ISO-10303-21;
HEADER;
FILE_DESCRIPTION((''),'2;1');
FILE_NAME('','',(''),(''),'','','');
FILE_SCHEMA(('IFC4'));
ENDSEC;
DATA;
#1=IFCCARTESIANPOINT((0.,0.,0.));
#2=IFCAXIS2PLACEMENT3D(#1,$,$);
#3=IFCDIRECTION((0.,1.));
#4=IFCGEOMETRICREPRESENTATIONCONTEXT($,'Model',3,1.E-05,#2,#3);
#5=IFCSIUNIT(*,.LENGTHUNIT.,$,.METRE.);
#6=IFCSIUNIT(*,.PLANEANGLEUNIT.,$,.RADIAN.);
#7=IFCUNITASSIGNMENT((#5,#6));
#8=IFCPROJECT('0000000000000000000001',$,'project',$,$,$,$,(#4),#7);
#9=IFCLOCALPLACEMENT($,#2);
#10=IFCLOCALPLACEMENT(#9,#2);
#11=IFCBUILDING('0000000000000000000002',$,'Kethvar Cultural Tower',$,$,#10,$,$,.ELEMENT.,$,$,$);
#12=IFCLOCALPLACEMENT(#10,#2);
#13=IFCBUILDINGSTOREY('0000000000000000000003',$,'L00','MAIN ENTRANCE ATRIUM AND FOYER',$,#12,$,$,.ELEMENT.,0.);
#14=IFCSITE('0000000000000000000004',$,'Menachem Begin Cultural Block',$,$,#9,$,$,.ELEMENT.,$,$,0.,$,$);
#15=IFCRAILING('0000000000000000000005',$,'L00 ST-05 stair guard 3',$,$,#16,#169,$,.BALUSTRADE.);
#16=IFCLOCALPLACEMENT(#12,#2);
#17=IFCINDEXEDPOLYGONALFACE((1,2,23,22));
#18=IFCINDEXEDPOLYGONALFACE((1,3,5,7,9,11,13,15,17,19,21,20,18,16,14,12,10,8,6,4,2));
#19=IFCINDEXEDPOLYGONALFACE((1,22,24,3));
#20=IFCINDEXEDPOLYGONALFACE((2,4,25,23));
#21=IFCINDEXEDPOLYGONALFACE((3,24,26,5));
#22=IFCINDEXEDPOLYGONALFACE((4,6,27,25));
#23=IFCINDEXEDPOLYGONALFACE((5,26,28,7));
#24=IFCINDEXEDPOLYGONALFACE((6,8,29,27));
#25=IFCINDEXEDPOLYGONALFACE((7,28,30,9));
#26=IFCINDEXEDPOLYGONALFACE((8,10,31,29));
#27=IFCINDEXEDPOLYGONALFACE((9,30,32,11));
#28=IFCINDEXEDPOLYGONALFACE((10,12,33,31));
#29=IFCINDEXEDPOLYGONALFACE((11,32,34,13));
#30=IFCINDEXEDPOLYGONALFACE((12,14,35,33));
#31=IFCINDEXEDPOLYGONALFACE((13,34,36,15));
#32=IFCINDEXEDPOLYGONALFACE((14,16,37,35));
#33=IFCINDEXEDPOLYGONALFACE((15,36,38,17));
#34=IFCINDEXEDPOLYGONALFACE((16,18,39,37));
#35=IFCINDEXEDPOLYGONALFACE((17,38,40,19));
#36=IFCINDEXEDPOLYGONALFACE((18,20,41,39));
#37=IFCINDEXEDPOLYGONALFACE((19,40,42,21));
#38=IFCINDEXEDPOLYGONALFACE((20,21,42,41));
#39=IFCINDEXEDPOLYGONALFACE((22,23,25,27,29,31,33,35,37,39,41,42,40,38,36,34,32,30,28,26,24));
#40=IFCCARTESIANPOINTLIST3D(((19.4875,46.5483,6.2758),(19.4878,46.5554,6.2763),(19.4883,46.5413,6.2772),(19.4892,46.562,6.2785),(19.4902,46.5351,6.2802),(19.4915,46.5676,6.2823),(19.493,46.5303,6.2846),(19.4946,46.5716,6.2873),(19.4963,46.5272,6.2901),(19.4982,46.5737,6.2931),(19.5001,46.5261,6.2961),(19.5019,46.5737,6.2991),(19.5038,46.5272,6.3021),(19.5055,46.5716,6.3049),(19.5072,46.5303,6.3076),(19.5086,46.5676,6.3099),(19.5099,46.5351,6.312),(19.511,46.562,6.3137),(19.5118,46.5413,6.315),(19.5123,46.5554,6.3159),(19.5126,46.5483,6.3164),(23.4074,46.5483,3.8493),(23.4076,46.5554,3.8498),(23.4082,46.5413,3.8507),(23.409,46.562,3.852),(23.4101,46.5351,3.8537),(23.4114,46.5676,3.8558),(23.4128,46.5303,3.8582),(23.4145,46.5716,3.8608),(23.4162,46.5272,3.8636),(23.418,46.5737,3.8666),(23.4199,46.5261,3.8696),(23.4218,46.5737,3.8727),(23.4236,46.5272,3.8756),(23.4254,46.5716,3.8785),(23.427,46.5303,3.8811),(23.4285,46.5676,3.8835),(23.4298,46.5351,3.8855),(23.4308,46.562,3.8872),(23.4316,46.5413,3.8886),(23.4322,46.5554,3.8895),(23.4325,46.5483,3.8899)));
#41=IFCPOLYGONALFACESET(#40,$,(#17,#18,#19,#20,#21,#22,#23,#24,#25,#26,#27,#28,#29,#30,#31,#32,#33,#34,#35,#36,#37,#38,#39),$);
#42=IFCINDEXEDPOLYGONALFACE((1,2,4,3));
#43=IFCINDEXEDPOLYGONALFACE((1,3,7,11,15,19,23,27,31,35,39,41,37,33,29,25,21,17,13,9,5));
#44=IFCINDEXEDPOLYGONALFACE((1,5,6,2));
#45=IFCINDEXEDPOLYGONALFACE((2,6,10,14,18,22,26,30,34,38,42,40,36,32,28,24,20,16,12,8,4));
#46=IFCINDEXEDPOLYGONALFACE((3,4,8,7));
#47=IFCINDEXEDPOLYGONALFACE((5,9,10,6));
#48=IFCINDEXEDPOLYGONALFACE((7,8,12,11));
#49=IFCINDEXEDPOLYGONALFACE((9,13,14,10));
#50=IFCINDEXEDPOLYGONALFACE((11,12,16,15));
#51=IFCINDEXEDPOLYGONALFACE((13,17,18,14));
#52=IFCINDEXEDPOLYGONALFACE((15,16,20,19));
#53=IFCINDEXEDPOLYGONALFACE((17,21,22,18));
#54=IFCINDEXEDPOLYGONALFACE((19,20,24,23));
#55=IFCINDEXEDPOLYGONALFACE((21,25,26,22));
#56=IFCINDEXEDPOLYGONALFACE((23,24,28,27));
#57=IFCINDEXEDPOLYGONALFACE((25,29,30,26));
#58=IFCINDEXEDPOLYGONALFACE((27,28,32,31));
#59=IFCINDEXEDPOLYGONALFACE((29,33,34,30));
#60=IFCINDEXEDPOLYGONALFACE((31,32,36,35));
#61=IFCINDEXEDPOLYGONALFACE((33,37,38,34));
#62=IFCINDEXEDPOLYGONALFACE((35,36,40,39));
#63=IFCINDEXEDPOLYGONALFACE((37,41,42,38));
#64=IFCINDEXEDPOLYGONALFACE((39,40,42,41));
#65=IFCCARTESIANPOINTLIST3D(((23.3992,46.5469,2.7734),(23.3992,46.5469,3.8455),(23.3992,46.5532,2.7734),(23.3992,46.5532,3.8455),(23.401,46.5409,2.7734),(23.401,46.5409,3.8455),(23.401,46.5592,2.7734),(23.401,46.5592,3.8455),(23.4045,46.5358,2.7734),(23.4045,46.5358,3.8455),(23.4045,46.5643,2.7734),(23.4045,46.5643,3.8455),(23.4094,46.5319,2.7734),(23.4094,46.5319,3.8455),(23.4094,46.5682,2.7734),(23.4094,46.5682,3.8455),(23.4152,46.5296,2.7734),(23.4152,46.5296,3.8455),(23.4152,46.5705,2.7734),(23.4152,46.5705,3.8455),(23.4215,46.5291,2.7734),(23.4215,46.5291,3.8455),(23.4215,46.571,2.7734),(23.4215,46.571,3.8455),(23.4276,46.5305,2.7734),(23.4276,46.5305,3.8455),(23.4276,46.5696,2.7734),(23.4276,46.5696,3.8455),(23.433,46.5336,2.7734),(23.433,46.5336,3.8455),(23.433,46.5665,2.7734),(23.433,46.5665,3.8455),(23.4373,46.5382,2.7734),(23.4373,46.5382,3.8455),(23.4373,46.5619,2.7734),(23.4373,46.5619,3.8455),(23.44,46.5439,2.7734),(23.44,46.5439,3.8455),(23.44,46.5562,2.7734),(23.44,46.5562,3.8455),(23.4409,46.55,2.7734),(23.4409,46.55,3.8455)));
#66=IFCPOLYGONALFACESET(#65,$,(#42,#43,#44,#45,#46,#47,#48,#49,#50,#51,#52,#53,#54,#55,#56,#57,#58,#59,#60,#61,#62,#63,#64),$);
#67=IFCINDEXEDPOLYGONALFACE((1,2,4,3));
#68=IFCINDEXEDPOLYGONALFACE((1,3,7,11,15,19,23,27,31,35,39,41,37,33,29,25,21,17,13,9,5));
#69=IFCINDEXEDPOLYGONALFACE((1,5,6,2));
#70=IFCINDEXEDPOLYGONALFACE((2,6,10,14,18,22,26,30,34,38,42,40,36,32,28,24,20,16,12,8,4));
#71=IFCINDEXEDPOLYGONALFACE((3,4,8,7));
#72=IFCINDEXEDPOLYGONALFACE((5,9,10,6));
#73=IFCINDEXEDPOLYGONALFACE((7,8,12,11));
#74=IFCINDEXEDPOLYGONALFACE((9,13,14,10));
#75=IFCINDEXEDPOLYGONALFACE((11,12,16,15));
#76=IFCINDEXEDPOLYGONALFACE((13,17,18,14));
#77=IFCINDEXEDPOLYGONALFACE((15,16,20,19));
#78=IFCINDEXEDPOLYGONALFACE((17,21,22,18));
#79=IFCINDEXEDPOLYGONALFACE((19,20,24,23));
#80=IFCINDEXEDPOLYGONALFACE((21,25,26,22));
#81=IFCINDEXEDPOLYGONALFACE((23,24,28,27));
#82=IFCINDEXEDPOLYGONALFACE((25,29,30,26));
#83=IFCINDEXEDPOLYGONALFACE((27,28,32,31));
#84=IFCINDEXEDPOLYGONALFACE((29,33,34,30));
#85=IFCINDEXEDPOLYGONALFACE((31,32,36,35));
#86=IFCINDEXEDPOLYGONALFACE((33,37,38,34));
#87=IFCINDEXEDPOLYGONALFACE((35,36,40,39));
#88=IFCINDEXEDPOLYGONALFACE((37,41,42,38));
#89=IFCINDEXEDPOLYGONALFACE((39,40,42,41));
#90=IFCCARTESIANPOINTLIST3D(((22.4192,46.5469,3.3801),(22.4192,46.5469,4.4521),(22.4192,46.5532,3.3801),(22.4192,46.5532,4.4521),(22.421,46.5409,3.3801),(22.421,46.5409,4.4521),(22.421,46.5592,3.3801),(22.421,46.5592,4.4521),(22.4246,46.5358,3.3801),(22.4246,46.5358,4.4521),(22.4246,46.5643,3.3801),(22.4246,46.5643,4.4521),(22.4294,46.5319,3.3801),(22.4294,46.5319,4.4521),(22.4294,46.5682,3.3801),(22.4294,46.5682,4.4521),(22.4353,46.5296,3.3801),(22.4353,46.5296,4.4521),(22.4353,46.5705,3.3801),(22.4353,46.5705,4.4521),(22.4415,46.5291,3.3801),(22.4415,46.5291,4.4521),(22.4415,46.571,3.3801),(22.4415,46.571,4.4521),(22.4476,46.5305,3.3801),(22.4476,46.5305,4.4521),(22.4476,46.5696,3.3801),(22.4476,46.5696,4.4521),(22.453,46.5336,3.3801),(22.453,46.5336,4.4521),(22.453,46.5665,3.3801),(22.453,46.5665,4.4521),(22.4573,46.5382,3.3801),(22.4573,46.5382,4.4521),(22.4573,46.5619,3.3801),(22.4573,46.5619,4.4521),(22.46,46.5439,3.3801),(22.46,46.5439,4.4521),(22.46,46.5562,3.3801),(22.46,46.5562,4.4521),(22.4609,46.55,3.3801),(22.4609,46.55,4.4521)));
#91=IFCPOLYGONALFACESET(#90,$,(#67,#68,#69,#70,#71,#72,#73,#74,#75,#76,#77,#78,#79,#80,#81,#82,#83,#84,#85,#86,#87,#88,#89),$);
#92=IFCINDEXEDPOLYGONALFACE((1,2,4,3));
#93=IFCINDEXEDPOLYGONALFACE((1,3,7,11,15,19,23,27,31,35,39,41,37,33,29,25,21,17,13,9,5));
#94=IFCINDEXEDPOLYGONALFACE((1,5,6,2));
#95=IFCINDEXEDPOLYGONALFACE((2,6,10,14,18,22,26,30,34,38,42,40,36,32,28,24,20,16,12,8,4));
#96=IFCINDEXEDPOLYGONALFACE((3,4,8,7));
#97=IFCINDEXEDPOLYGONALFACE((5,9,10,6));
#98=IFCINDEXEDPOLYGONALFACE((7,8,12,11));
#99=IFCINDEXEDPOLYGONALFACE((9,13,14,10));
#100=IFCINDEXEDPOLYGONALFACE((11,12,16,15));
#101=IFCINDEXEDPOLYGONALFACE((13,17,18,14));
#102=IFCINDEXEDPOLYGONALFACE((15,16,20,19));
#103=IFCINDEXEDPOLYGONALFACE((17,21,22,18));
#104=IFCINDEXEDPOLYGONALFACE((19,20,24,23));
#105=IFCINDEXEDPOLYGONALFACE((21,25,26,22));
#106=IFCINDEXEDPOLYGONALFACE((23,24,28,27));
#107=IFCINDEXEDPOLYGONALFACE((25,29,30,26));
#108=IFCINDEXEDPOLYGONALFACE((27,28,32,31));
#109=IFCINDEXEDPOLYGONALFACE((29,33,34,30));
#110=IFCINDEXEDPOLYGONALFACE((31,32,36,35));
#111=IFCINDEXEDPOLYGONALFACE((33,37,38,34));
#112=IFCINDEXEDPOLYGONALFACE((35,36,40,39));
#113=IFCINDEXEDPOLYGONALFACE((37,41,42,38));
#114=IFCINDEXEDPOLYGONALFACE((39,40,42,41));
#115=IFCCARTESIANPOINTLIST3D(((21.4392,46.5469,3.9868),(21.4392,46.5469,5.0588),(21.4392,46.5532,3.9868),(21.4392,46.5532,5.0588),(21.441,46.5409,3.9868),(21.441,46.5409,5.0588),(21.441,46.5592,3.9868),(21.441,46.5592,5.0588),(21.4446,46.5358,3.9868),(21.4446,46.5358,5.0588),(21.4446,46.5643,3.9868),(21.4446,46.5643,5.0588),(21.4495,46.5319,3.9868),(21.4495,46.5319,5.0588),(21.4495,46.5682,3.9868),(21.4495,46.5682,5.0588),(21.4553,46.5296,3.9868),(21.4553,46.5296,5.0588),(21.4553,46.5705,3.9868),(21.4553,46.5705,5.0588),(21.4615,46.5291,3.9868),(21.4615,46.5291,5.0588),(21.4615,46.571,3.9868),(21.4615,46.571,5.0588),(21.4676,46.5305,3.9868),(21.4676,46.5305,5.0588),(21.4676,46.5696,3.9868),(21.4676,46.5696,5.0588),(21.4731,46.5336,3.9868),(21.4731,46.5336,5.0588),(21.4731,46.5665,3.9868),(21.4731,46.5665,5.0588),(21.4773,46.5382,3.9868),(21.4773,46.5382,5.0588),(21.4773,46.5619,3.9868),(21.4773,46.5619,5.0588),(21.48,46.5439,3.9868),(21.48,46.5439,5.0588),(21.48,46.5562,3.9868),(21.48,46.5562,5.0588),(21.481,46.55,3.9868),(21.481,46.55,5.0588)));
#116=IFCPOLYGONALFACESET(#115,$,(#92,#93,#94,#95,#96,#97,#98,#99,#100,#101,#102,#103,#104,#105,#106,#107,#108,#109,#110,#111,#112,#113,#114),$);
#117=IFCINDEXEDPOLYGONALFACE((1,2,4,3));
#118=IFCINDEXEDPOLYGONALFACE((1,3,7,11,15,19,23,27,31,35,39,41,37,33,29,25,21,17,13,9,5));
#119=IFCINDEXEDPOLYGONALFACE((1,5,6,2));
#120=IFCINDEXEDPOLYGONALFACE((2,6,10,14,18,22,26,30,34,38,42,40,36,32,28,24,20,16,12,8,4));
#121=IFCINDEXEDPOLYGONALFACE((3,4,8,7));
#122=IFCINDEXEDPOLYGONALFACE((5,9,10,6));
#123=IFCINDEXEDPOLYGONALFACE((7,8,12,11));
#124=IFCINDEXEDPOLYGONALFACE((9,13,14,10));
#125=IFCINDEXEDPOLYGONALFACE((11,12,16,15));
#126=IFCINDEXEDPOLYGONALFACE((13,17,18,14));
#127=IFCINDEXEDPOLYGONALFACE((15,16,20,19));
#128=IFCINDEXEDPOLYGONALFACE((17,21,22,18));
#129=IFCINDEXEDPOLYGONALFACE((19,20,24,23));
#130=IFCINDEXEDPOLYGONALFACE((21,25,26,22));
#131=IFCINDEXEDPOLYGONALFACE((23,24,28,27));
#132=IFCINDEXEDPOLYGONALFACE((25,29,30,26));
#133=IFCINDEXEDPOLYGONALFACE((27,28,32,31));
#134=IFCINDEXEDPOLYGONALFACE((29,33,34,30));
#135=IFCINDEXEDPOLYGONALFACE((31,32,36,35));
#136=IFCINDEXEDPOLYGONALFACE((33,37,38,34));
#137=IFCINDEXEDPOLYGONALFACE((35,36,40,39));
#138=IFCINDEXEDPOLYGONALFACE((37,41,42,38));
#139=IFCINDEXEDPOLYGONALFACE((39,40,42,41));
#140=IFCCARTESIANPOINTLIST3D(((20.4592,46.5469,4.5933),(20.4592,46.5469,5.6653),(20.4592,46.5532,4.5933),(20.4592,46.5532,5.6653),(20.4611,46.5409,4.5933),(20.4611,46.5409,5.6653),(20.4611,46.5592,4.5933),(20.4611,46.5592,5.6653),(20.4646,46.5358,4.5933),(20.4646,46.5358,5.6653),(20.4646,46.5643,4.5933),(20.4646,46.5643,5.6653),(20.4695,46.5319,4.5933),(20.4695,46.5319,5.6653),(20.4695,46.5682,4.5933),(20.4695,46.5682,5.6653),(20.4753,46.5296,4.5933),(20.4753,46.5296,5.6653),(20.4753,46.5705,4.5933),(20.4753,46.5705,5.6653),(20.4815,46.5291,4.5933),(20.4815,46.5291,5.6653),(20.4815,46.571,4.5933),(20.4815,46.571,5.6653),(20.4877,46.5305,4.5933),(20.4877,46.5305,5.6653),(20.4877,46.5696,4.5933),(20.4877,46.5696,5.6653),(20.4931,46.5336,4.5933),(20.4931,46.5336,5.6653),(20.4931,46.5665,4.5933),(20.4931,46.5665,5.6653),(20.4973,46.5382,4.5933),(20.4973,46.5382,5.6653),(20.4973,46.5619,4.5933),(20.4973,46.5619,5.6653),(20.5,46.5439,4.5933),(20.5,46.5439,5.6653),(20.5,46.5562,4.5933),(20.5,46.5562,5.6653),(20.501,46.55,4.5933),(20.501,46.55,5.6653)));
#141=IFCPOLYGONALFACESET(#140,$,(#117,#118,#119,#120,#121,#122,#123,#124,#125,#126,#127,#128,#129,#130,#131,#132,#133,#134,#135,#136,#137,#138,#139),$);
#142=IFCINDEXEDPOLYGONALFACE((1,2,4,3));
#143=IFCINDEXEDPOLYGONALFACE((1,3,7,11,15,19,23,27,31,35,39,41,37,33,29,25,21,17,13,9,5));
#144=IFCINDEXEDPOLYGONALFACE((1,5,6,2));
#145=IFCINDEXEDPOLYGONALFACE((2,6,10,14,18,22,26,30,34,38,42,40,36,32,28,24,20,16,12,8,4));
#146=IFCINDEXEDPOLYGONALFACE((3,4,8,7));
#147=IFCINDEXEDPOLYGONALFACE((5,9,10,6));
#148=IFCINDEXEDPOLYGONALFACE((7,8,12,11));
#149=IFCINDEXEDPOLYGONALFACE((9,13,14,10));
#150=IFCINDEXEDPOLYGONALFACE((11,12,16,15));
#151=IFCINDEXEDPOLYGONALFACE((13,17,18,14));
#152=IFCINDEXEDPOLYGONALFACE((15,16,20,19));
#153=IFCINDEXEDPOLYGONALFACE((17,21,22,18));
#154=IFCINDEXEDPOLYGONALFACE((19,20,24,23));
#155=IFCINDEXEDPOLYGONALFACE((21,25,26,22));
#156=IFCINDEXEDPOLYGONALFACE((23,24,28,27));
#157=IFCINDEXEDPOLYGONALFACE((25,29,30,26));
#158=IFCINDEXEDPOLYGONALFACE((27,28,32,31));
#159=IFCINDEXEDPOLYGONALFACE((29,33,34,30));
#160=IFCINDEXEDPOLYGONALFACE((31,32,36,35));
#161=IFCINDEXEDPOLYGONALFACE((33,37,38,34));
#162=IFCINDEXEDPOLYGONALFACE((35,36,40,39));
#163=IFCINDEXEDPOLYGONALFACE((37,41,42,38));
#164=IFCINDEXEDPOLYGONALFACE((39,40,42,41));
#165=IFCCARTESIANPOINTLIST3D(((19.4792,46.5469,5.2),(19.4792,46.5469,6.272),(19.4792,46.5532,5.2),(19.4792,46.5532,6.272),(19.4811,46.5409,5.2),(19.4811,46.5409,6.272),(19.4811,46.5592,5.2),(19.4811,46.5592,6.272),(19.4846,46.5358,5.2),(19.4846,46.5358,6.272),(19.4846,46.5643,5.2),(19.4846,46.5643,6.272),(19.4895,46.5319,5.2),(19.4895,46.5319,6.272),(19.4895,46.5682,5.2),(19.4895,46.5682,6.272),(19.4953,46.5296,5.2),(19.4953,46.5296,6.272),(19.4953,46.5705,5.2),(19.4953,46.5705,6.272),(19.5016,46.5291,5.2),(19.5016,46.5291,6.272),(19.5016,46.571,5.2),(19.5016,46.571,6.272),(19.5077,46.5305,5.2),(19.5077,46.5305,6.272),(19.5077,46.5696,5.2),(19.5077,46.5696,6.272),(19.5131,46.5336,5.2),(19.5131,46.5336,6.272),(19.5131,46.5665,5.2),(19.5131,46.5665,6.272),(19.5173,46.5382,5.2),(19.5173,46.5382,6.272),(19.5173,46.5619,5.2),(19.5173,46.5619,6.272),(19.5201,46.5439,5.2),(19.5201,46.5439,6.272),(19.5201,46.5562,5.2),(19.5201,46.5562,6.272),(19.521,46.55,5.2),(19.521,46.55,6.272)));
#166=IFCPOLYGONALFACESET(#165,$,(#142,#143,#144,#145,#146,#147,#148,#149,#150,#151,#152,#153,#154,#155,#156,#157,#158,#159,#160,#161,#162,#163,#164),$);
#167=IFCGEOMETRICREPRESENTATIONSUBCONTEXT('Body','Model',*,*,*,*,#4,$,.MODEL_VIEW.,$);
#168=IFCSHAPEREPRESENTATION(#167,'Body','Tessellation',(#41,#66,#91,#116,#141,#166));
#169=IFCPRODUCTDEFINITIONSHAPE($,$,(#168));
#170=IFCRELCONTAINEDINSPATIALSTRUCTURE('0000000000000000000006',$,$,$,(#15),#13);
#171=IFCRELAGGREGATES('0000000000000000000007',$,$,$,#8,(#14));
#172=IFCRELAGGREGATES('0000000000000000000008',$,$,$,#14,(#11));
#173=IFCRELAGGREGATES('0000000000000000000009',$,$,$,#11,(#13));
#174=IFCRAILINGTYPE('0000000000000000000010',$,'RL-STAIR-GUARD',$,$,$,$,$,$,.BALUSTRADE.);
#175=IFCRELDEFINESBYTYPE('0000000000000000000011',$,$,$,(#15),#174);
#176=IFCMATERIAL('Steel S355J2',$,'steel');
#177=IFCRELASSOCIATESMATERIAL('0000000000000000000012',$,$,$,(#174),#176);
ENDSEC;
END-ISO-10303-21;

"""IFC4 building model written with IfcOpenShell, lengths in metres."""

from ifc_helpers import new_model, si_unit, direction, frame, origin, origin_2d, place, context, subcontext, project, spatial, circle, extrude, material, type_object, element, save


model = new_model("IFC4")

# Units and contexts
model_context = context("Model", 3, precision=1e-05, world=origin(), true_north=direction((0.0, 1.0)))
body_context = subcontext(model_context, "Body", "Model", "MODEL_VIEW")
ifc_project = project(units=[si_unit("LENGTHUNIT", "METRE"), si_unit("PLANEANGLEUNIT", "RADIAN")], contexts=[model_context])

# Site, building, storey
site_placement = place(None, origin())
site = spatial("IfcSite", under=ifc_project, at=site_placement, Name="Menachem Begin Cultural Block", CompositionType="ELEMENT", RefElevation=0.0)
building_placement = place(site_placement, origin())
building = spatial("IfcBuilding", under=site, at=building_placement, Name="Kethvar Cultural Tower", CompositionType="ELEMENT")
storey_placement = place(building_placement, origin())
storey = spatial("IfcBuildingStorey", under=building, at=storey_placement, Name="L00", Description="MAIN ENTRANCE ATRIUM AND FOYER", CompositionType="ELEMENT", Elevation=0.0)

# Shared definitions
ifc_material_1 = material(Name="Steel S355J2", Category="steel")

# Railing
railing_type_1 = type_object("IfcRailingType", Name="RL-STAIR-GUARD", PredefinedType="BALUSTRADE", material=ifc_material_1)
railing_1_placement = place(storey_placement, frame((23.4199, 46.55, 2.7734)))
element("IfcRailing", 1, at=railing_1_placement, inside=storey, type_object=railing_type_1, Name="L00 ST-05 stair guard 3", PredefinedType="BALUSTRADE", context=body_context, shape_type="SweptSolid", body=[
    extrude(circle(Radius=0.0239, at=origin_2d()), frame((0.0, 0.0, 1.0962), z_axis=(-0.850275, 0.0, 0.526338), x_axis=(0.0, -1.0, 0.0)), (0.0, 0.0, 1.0), 4.6101),
    extrude(circle(Radius=0.021, at=origin_2d()), origin(), (0.0, 0.0, 1.0), 1.072),
    extrude(circle(Radius=0.021, at=origin_2d()), frame((-0.98, 0.0, 0.6067)), (0.0, 0.0, 1.0), 1.072),
    extrude(circle(Radius=0.021, at=origin_2d()), frame((-1.96, 0.0, 1.2134)), (0.0, 0.0, 1.0), 1.072),
    extrude(circle(Radius=0.021, at=origin_2d()), frame((-2.9399, 0.0, 1.8198)), (0.0, 0.0, 1.0), 1.072),
    extrude(circle(Radius=0.021, at=origin_2d()), frame((-3.9199, 0.0, 2.4265)), (0.0, 0.0, 1.0), 1.072),
])

save(model, "model.ifc")
